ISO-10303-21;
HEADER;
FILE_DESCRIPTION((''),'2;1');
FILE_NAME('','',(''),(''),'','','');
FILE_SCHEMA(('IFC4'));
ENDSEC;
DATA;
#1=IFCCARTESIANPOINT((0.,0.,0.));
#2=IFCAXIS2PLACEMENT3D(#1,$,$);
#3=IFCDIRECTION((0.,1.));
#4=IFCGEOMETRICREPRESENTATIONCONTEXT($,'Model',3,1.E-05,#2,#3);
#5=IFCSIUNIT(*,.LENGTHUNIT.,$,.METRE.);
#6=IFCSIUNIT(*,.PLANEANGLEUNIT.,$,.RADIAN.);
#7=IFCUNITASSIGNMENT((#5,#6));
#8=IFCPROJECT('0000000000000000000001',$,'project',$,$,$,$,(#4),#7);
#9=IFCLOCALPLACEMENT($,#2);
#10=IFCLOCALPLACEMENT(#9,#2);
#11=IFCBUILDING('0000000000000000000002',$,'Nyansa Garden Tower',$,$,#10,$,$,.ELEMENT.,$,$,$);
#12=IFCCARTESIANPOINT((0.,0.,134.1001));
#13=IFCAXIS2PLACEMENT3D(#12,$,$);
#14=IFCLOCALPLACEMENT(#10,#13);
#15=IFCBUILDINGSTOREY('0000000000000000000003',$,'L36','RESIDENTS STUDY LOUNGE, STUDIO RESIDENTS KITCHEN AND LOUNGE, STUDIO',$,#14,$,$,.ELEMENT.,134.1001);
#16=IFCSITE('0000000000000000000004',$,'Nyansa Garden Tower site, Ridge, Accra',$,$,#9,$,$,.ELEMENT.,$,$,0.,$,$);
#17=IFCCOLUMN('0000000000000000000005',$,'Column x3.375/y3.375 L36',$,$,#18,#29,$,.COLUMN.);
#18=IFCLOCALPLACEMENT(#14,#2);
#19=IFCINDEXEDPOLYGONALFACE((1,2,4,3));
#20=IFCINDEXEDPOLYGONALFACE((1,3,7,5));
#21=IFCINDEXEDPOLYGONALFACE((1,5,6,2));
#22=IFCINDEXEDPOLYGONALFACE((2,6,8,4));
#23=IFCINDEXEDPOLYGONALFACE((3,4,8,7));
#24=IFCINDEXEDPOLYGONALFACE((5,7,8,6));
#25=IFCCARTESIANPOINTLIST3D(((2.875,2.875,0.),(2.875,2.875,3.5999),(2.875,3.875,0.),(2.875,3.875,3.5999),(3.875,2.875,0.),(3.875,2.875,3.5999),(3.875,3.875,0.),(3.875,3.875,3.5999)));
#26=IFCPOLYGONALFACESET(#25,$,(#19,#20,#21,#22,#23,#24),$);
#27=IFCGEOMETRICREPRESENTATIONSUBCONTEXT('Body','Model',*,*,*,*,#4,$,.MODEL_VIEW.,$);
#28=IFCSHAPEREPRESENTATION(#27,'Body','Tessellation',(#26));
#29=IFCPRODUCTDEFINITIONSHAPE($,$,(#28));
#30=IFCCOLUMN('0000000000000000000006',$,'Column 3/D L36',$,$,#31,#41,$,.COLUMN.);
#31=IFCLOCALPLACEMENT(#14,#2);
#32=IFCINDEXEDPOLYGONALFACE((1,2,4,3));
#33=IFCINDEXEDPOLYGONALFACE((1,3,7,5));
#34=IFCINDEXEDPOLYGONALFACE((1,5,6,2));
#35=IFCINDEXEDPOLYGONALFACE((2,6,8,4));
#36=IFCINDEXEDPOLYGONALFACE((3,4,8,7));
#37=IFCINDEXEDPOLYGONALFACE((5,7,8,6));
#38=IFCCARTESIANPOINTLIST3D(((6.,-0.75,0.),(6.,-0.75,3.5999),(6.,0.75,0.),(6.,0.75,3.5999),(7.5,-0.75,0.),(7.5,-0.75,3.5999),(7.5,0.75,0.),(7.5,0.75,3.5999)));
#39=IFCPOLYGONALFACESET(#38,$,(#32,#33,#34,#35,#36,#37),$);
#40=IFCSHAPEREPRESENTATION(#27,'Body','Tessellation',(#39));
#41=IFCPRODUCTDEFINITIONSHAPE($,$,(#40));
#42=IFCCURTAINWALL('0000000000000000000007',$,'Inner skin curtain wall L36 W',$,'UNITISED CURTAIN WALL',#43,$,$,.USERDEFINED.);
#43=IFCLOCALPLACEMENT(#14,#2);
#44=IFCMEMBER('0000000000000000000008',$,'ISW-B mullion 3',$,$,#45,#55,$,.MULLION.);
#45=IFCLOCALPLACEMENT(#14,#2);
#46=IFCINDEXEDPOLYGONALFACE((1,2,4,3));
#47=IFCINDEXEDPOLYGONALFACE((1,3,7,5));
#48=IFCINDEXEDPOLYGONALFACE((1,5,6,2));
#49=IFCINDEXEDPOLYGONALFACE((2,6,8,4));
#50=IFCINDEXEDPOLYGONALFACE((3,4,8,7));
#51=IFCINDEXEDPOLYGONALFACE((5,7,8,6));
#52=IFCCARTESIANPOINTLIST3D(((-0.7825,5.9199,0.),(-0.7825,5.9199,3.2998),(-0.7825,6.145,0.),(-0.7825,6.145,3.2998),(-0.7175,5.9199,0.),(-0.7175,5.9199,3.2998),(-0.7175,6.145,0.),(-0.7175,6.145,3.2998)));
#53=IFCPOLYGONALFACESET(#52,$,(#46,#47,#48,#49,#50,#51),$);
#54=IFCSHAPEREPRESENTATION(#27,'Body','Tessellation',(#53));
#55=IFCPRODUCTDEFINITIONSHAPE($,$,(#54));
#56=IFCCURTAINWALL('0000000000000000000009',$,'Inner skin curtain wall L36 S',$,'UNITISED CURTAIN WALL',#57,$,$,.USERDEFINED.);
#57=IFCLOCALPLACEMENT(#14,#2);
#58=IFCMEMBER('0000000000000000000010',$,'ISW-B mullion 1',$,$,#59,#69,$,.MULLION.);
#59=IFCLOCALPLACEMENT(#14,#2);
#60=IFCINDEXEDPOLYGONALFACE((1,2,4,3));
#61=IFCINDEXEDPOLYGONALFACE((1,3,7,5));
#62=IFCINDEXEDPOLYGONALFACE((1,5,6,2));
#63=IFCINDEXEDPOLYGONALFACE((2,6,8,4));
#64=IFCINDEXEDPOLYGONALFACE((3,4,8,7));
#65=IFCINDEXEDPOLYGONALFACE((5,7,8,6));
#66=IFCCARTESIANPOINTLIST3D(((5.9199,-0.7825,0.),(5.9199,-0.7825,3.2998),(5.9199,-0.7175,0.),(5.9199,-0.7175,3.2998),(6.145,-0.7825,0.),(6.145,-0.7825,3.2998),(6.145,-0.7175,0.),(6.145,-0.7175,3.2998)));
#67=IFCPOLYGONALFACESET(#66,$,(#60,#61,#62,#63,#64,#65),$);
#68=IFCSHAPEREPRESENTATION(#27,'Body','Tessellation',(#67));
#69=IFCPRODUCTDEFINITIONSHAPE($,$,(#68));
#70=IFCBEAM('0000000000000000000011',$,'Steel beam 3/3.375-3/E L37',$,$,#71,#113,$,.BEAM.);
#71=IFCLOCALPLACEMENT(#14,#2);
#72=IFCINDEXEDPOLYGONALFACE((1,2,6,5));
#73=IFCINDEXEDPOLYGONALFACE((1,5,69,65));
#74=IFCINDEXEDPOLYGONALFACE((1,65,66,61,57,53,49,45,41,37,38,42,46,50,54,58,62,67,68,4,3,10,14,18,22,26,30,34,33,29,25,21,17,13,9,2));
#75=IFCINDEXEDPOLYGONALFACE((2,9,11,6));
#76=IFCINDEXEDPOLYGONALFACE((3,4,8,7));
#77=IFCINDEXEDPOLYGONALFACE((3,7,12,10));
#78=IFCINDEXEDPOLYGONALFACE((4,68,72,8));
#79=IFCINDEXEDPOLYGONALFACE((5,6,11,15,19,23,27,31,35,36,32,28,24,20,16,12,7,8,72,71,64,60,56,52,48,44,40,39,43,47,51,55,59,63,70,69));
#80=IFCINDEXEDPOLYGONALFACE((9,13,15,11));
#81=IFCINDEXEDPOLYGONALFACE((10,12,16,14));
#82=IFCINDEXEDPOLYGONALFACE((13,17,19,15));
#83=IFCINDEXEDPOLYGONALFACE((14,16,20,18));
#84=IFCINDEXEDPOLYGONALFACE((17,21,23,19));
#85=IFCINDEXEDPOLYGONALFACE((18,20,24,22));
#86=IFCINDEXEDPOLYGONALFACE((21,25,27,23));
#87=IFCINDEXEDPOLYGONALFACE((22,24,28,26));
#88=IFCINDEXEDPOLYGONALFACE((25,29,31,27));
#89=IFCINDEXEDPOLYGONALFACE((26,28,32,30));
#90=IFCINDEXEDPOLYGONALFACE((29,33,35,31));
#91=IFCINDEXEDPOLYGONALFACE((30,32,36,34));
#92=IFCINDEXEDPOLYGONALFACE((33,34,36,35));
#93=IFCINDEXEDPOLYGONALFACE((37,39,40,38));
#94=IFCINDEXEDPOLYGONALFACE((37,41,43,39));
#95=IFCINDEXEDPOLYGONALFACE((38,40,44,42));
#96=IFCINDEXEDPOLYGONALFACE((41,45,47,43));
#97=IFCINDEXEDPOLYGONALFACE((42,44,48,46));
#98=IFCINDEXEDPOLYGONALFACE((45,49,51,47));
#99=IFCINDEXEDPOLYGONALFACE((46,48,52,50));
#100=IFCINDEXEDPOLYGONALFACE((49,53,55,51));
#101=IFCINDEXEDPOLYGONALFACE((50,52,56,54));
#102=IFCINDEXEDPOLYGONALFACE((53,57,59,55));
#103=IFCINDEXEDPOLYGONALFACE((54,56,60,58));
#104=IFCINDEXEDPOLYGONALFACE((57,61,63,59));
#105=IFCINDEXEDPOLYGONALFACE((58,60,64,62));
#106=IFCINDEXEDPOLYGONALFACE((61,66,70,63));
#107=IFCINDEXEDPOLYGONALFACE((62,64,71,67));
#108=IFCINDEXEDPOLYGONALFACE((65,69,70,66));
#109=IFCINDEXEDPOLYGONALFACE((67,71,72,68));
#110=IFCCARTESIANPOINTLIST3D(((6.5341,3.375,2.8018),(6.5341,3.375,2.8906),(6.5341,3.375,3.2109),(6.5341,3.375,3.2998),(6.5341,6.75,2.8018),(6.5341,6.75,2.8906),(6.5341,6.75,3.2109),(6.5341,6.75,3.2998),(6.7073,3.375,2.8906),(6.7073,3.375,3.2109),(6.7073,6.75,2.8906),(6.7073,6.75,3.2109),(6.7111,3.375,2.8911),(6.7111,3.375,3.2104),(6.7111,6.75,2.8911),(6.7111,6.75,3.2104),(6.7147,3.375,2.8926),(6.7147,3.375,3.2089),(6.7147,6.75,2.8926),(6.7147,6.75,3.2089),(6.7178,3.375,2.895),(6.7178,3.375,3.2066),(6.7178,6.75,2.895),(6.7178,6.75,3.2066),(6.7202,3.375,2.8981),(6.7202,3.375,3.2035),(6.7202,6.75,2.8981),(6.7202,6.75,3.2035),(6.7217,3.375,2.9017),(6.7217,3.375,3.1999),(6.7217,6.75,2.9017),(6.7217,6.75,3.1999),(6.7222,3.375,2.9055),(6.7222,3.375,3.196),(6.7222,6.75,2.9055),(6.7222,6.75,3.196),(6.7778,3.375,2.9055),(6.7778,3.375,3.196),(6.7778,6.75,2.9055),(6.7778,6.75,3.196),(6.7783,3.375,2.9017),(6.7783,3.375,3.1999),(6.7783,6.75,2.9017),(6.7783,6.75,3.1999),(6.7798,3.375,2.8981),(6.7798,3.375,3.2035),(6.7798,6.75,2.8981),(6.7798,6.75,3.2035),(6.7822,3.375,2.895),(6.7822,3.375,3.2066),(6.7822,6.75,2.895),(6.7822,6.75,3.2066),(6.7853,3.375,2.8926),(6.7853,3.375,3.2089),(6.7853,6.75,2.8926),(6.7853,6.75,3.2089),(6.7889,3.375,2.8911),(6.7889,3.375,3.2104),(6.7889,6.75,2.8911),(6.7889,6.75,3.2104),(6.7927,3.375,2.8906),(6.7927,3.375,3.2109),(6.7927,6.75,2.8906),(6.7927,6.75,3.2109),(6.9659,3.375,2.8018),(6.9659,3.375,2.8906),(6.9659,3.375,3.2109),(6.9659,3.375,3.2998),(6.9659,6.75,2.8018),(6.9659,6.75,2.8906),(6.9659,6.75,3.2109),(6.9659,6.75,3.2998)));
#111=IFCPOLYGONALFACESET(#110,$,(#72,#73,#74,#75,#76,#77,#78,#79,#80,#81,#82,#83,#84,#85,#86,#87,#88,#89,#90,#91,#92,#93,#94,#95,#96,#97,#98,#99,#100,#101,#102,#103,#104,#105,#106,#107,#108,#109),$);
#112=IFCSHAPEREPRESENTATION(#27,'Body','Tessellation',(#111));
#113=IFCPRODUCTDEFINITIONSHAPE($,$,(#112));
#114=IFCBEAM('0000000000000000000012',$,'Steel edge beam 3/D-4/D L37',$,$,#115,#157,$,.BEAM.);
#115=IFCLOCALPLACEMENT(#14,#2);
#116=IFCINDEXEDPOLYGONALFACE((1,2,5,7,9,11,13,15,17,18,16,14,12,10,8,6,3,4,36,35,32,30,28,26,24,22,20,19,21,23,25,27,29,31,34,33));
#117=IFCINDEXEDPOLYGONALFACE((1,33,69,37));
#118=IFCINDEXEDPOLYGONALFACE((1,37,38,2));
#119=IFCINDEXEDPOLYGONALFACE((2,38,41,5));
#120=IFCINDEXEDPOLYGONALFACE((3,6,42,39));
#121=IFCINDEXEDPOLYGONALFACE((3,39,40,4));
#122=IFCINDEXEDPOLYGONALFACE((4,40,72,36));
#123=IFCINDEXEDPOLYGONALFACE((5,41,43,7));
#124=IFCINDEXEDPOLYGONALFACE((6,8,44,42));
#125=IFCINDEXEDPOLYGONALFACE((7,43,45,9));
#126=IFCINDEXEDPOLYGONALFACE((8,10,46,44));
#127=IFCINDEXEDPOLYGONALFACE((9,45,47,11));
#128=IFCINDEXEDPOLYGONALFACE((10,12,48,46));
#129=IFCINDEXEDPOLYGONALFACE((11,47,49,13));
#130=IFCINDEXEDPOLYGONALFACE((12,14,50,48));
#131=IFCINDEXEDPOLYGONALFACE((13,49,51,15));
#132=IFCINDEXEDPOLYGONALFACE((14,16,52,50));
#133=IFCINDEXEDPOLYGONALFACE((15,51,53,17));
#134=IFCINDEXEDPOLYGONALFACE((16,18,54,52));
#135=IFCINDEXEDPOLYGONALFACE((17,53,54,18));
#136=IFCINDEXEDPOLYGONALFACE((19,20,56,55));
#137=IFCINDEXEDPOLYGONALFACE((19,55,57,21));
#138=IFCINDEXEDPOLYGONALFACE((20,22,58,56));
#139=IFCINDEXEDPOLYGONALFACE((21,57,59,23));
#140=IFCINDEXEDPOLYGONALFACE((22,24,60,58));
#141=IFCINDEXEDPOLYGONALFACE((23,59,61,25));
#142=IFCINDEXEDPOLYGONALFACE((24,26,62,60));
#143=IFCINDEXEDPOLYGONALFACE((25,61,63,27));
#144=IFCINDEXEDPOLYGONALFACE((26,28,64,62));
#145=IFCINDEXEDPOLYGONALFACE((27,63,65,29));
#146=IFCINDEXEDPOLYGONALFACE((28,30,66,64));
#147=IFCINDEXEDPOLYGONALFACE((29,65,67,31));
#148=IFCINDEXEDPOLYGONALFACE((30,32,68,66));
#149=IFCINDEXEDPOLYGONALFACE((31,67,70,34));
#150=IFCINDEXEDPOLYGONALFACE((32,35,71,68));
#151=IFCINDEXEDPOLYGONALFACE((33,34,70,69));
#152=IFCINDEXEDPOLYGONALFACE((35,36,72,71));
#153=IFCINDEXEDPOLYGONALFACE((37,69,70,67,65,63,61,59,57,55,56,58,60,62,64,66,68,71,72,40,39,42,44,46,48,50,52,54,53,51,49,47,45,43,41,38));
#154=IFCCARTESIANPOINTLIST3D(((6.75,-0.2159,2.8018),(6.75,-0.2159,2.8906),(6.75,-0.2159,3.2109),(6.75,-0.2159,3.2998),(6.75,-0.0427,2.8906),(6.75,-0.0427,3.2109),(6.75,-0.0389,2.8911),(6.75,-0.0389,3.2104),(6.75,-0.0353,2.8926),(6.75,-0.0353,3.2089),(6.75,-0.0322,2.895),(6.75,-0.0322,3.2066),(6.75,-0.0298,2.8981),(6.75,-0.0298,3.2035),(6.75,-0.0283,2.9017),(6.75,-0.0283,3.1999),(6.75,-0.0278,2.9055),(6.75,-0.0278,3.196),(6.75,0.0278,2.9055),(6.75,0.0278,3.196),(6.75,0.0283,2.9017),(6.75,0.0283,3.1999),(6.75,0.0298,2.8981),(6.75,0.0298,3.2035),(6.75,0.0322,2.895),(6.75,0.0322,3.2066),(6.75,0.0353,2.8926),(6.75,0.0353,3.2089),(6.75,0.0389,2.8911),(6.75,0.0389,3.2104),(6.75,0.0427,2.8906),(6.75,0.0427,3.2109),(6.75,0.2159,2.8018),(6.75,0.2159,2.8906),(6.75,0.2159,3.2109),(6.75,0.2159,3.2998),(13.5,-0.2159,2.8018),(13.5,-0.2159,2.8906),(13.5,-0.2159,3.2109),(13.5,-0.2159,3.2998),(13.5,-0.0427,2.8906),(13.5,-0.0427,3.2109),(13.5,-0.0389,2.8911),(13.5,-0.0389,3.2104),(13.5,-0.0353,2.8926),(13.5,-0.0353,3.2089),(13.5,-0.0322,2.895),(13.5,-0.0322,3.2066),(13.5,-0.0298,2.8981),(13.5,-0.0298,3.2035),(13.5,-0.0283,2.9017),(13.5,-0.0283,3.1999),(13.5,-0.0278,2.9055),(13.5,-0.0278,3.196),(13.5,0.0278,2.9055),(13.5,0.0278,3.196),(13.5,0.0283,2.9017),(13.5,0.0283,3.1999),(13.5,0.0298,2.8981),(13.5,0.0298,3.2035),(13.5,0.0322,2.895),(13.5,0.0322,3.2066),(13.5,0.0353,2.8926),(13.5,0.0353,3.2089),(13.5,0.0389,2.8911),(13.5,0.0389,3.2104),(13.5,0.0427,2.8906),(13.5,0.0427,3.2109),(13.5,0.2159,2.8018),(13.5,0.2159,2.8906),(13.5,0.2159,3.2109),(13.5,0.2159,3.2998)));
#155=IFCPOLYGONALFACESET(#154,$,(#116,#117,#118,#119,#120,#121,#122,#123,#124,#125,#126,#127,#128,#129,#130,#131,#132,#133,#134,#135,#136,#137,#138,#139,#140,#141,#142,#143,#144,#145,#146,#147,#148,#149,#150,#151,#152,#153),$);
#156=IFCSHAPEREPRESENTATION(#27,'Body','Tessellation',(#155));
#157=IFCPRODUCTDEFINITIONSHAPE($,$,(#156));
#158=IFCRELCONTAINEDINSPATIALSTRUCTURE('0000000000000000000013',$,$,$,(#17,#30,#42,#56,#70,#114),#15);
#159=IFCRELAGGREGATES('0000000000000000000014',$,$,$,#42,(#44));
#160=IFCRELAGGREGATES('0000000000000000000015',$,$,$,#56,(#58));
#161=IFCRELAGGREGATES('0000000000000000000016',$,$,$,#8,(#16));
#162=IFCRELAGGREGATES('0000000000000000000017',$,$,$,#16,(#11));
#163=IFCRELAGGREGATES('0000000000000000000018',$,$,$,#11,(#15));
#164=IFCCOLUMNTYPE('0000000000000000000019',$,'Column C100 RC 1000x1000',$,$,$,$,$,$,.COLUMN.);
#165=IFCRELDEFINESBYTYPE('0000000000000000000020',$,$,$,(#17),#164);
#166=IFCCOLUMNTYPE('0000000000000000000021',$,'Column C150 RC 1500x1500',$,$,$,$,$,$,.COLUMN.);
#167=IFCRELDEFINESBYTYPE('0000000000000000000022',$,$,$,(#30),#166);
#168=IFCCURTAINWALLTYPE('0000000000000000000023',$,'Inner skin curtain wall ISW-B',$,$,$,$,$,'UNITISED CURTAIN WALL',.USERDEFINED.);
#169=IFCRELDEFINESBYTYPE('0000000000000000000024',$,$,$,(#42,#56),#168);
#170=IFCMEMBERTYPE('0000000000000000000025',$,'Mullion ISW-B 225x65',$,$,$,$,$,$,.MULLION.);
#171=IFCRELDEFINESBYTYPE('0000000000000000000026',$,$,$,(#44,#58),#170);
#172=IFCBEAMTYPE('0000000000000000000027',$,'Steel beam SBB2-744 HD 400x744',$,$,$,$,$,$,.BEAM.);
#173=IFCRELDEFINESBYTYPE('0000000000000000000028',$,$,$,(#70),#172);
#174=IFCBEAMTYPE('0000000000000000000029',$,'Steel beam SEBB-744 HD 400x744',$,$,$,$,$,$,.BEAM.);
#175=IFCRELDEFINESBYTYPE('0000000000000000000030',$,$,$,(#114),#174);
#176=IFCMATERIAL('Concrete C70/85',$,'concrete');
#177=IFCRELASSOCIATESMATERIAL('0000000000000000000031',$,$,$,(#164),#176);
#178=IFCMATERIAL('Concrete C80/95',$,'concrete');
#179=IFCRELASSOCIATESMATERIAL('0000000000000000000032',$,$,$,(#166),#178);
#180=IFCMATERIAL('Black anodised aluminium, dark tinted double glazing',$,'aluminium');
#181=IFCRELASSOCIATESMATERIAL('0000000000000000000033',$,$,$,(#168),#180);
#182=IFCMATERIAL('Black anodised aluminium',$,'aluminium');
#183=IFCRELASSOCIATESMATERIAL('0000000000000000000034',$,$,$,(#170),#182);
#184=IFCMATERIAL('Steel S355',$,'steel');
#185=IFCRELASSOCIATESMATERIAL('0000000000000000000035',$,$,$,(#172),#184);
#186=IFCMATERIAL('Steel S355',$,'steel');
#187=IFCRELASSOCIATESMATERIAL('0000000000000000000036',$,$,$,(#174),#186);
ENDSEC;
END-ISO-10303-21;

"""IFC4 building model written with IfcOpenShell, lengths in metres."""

from ifc_helpers import new_model, si_unit, direction, frame, origin, origin_2d, place, context, subcontext, project, spatial, rectangle, i_section, extrude, material, material_profile, profile_set, type_object, element, aggregate, save


model = new_model("IFC4")

# Units and contexts
model_context = context("Model", 3, precision=1e-05, world=origin(), true_north=direction((0.0, 1.0)))
body_context = subcontext(model_context, "Body", "Model", "MODEL_VIEW")
ifc_project = project(units=[si_unit("LENGTHUNIT", "METRE"), si_unit("PLANEANGLEUNIT", "RADIAN")], contexts=[model_context])

# Site, building, storey
site_placement = place(None, origin())
site = spatial("IfcSite", under=ifc_project, at=site_placement, Name="Nyansa Garden Tower site, Ridge, Accra", CompositionType="ELEMENT", RefElevation=0.0)
building_placement = place(site_placement, origin())
building = spatial("IfcBuilding", under=site, at=building_placement, Name="Nyansa Garden Tower", CompositionType="ELEMENT")
storey_placement = place(building_placement, frame((0.0, 0.0, 134.1001)))
storey = spatial("IfcBuildingStorey", under=building, at=storey_placement, Name="L36", Description="RESIDENTS STUDY LOUNGE, STUDIO RESIDENTS KITCHEN AND LOUNGE, STUDIO", CompositionType="ELEMENT", Elevation=134.1001)

# Columns
ifc_material_1 = material(Name="Concrete C70/85", Category="concrete")
ifc_material_profile_1 = material_profile(ifc_material_1, rectangle(XDim=1.0, YDim=1.0, at=origin_2d()), Name="RC 1000x1000")
ifc_profile_set_1 = profile_set([ifc_material_profile_1], Name="Concrete C70/85")
column_type_1 = type_object("IfcColumnType", Name="Column C100 RC 1000x1000", PredefinedType="COLUMN", material=ifc_profile_set_1)
column_1_placement = place(storey_placement, frame((3.375, 3.375, 0.0), z_axis=(0.0, 0.0, 1.0), x_axis=(1.0, 0.0, 0.0)))
element("IfcColumn", 1, at=column_1_placement, inside=storey, type_object=column_type_1, Name="Column x3.375/y3.375 L36", PredefinedType="COLUMN", context=body_context, shape_type="SweptSolid", body=[
    extrude(rectangle(XDim=1.0, YDim=1.0, at=origin_2d()), origin(), (0.0, 0.0, 1.0), 3.5999),
])
ifc_material_2 = material(Name="Concrete C80/95", Category="concrete")
ifc_material_profile_2 = material_profile(ifc_material_2, rectangle(XDim=1.5, YDim=1.5, at=origin_2d()), Name="RC 1500x1500")
ifc_profile_set_2 = profile_set([ifc_material_profile_2], Name="Concrete C80/95")
column_type_2 = type_object("IfcColumnType", Name="Column C150 RC 1500x1500", PredefinedType="COLUMN", material=ifc_profile_set_2)
column_2_placement = place(storey_placement, frame((6.75, 0.0, 0.0), z_axis=(0.0, 0.0, 1.0), x_axis=(1.0, 0.0, 0.0)))
element("IfcColumn", 2, at=column_2_placement, inside=storey, type_object=column_type_2, Name="Column 3/D L36", PredefinedType="COLUMN", context=body_context, shape_type="SweptSolid", body=[
    extrude(rectangle(XDim=1.5, YDim=1.5, at=origin_2d()), origin(), (0.0, 0.0, 1.0), 3.5999),
])

# Curtain walls, members
ifc_material_3 = material(Name="Black anodised aluminium, dark tinted double glazing", Category="aluminium")
curtain_wall_type = type_object("IfcCurtainWallType", Name="Inner skin curtain wall ISW-B", ElementType="UNITISED CURTAIN WALL", PredefinedType="USERDEFINED", material=ifc_material_3)
curtain_wall_1_placement = place(storey_placement, origin())
curtain_wall_1 = element("IfcCurtainWall", 3, at=curtain_wall_1_placement, inside=storey, type_object=curtain_wall_type, Name="Inner skin curtain wall L36 W", ObjectType="UNITISED CURTAIN WALL", PredefinedType="USERDEFINED")
ifc_material_4 = material(Name="Black anodised aluminium", Category="aluminium")
ifc_material_profile_3 = material_profile(ifc_material_4, rectangle(XDim=0.0649, YDim=0.2251, at=origin_2d()), Name="Mullion 225x65")
ifc_profile_set_3 = profile_set([ifc_material_profile_3], Name="Black anodised aluminium")
member_type_1 = type_object("IfcMemberType", Name="Mullion ISW-B 225x65", PredefinedType="MULLION", material=ifc_profile_set_3)
member_1_placement = place(storey_placement, frame((-0.75, 6.0325, 0.0), z_axis=(0.0, 0.0, 1.0), x_axis=(1.0, 0.0, 0.0)))
member_1 = element("IfcMember", 4, at=member_1_placement, type_object=member_type_1, Name="ISW-B mullion 3", PredefinedType="MULLION", context=body_context, shape_type="SweptSolid", body=[
    extrude(rectangle(XDim=0.0649, YDim=0.2251, at=origin_2d()), origin(), (0.0, 0.0, 1.0), 3.2998),
])
aggregate(curtain_wall_1, [member_1])
curtain_wall_2_placement = place(storey_placement, origin())
curtain_wall_2 = element("IfcCurtainWall", 5, at=curtain_wall_2_placement, inside=storey, type_object=curtain_wall_type, Name="Inner skin curtain wall L36 S", ObjectType="UNITISED CURTAIN WALL", PredefinedType="USERDEFINED")
member_2_placement = place(storey_placement, frame((6.0325, -0.75, 0.0), z_axis=(0.0, 0.0, 1.0), x_axis=(0.0, 1.0, 0.0)))
member_2 = element("IfcMember", 6, at=member_2_placement, type_object=member_type_1, Name="ISW-B mullion 1", PredefinedType="MULLION", context=body_context, shape_type="SweptSolid", body=[
    extrude(rectangle(XDim=0.0649, YDim=0.2251, at=origin_2d()), origin(), (0.0, 0.0, 1.0), 3.2998),
])

# Beams
ifc_material_5 = material(Name="Steel S355", Category="steel")
ifc_material_profile_4 = material_profile(ifc_material_5, i_section(OverallWidth=0.4319, OverallDepth=0.498, WebThickness=0.0557, FlangeThickness=0.0889, FilletRadius=0.0149, at=origin_2d()), Name="HD 400x744")
ifc_profile_set_4 = profile_set([ifc_material_profile_4], Name="Steel S355")
beam_type_1 = type_object("IfcBeamType", Name="Steel beam SBB2-744 HD 400x744", PredefinedType="BEAM", material=ifc_profile_set_4)
beam_1_placement = place(storey_placement, frame((6.75, 3.375, 3.0508), z_axis=(0.0, 1.0, 0.0), x_axis=(-1.0, 0.0, 0.0)))
element("IfcBeam", 7, at=beam_1_placement, inside=storey, type_object=beam_type_1, Name="Steel beam 3/3.375-3/E L37", PredefinedType="BEAM", context=body_context, shape_type="SweptSolid", body=[
    extrude(i_section(OverallWidth=0.4319, OverallDepth=0.498, WebThickness=0.0557, FlangeThickness=0.0889, FilletRadius=0.0149, at=origin_2d()), origin(), (0.0, 0.0, 1.0), 3.375),
])
ifc_material_6 = material(Name="Steel S355", Category="steel")
ifc_material_profile_5 = material_profile(ifc_material_6, i_section(OverallWidth=0.4319, OverallDepth=0.498, WebThickness=0.0557, FlangeThickness=0.0889, FilletRadius=0.0149, at=origin_2d()), Name="HD 400x744")
ifc_profile_set_5 = profile_set([ifc_material_profile_5], Name="Steel S355")
beam_type_2 = type_object("IfcBeamType", Name="Steel beam SEBB-744 HD 400x744", PredefinedType="BEAM", material=ifc_profile_set_5)
beam_2_placement = place(storey_placement, frame((6.75, 0.0, 3.0508), z_axis=(1.0, 0.0, 0.0), x_axis=(0.0, 1.0, 0.0)))
element("IfcBeam", 8, at=beam_2_placement, inside=storey, type_object=beam_type_2, Name="Steel edge beam 3/D-4/D L37", PredefinedType="BEAM", context=body_context, shape_type="SweptSolid", body=[
    extrude(i_section(OverallWidth=0.4319, OverallDepth=0.498, WebThickness=0.0557, FlangeThickness=0.0889, FilletRadius=0.0149, at=origin_2d()), origin(), (0.0, 0.0, 1.0), 6.75),
])

aggregate(curtain_wall_2, [member_2])

save(model, "model.ifc")
